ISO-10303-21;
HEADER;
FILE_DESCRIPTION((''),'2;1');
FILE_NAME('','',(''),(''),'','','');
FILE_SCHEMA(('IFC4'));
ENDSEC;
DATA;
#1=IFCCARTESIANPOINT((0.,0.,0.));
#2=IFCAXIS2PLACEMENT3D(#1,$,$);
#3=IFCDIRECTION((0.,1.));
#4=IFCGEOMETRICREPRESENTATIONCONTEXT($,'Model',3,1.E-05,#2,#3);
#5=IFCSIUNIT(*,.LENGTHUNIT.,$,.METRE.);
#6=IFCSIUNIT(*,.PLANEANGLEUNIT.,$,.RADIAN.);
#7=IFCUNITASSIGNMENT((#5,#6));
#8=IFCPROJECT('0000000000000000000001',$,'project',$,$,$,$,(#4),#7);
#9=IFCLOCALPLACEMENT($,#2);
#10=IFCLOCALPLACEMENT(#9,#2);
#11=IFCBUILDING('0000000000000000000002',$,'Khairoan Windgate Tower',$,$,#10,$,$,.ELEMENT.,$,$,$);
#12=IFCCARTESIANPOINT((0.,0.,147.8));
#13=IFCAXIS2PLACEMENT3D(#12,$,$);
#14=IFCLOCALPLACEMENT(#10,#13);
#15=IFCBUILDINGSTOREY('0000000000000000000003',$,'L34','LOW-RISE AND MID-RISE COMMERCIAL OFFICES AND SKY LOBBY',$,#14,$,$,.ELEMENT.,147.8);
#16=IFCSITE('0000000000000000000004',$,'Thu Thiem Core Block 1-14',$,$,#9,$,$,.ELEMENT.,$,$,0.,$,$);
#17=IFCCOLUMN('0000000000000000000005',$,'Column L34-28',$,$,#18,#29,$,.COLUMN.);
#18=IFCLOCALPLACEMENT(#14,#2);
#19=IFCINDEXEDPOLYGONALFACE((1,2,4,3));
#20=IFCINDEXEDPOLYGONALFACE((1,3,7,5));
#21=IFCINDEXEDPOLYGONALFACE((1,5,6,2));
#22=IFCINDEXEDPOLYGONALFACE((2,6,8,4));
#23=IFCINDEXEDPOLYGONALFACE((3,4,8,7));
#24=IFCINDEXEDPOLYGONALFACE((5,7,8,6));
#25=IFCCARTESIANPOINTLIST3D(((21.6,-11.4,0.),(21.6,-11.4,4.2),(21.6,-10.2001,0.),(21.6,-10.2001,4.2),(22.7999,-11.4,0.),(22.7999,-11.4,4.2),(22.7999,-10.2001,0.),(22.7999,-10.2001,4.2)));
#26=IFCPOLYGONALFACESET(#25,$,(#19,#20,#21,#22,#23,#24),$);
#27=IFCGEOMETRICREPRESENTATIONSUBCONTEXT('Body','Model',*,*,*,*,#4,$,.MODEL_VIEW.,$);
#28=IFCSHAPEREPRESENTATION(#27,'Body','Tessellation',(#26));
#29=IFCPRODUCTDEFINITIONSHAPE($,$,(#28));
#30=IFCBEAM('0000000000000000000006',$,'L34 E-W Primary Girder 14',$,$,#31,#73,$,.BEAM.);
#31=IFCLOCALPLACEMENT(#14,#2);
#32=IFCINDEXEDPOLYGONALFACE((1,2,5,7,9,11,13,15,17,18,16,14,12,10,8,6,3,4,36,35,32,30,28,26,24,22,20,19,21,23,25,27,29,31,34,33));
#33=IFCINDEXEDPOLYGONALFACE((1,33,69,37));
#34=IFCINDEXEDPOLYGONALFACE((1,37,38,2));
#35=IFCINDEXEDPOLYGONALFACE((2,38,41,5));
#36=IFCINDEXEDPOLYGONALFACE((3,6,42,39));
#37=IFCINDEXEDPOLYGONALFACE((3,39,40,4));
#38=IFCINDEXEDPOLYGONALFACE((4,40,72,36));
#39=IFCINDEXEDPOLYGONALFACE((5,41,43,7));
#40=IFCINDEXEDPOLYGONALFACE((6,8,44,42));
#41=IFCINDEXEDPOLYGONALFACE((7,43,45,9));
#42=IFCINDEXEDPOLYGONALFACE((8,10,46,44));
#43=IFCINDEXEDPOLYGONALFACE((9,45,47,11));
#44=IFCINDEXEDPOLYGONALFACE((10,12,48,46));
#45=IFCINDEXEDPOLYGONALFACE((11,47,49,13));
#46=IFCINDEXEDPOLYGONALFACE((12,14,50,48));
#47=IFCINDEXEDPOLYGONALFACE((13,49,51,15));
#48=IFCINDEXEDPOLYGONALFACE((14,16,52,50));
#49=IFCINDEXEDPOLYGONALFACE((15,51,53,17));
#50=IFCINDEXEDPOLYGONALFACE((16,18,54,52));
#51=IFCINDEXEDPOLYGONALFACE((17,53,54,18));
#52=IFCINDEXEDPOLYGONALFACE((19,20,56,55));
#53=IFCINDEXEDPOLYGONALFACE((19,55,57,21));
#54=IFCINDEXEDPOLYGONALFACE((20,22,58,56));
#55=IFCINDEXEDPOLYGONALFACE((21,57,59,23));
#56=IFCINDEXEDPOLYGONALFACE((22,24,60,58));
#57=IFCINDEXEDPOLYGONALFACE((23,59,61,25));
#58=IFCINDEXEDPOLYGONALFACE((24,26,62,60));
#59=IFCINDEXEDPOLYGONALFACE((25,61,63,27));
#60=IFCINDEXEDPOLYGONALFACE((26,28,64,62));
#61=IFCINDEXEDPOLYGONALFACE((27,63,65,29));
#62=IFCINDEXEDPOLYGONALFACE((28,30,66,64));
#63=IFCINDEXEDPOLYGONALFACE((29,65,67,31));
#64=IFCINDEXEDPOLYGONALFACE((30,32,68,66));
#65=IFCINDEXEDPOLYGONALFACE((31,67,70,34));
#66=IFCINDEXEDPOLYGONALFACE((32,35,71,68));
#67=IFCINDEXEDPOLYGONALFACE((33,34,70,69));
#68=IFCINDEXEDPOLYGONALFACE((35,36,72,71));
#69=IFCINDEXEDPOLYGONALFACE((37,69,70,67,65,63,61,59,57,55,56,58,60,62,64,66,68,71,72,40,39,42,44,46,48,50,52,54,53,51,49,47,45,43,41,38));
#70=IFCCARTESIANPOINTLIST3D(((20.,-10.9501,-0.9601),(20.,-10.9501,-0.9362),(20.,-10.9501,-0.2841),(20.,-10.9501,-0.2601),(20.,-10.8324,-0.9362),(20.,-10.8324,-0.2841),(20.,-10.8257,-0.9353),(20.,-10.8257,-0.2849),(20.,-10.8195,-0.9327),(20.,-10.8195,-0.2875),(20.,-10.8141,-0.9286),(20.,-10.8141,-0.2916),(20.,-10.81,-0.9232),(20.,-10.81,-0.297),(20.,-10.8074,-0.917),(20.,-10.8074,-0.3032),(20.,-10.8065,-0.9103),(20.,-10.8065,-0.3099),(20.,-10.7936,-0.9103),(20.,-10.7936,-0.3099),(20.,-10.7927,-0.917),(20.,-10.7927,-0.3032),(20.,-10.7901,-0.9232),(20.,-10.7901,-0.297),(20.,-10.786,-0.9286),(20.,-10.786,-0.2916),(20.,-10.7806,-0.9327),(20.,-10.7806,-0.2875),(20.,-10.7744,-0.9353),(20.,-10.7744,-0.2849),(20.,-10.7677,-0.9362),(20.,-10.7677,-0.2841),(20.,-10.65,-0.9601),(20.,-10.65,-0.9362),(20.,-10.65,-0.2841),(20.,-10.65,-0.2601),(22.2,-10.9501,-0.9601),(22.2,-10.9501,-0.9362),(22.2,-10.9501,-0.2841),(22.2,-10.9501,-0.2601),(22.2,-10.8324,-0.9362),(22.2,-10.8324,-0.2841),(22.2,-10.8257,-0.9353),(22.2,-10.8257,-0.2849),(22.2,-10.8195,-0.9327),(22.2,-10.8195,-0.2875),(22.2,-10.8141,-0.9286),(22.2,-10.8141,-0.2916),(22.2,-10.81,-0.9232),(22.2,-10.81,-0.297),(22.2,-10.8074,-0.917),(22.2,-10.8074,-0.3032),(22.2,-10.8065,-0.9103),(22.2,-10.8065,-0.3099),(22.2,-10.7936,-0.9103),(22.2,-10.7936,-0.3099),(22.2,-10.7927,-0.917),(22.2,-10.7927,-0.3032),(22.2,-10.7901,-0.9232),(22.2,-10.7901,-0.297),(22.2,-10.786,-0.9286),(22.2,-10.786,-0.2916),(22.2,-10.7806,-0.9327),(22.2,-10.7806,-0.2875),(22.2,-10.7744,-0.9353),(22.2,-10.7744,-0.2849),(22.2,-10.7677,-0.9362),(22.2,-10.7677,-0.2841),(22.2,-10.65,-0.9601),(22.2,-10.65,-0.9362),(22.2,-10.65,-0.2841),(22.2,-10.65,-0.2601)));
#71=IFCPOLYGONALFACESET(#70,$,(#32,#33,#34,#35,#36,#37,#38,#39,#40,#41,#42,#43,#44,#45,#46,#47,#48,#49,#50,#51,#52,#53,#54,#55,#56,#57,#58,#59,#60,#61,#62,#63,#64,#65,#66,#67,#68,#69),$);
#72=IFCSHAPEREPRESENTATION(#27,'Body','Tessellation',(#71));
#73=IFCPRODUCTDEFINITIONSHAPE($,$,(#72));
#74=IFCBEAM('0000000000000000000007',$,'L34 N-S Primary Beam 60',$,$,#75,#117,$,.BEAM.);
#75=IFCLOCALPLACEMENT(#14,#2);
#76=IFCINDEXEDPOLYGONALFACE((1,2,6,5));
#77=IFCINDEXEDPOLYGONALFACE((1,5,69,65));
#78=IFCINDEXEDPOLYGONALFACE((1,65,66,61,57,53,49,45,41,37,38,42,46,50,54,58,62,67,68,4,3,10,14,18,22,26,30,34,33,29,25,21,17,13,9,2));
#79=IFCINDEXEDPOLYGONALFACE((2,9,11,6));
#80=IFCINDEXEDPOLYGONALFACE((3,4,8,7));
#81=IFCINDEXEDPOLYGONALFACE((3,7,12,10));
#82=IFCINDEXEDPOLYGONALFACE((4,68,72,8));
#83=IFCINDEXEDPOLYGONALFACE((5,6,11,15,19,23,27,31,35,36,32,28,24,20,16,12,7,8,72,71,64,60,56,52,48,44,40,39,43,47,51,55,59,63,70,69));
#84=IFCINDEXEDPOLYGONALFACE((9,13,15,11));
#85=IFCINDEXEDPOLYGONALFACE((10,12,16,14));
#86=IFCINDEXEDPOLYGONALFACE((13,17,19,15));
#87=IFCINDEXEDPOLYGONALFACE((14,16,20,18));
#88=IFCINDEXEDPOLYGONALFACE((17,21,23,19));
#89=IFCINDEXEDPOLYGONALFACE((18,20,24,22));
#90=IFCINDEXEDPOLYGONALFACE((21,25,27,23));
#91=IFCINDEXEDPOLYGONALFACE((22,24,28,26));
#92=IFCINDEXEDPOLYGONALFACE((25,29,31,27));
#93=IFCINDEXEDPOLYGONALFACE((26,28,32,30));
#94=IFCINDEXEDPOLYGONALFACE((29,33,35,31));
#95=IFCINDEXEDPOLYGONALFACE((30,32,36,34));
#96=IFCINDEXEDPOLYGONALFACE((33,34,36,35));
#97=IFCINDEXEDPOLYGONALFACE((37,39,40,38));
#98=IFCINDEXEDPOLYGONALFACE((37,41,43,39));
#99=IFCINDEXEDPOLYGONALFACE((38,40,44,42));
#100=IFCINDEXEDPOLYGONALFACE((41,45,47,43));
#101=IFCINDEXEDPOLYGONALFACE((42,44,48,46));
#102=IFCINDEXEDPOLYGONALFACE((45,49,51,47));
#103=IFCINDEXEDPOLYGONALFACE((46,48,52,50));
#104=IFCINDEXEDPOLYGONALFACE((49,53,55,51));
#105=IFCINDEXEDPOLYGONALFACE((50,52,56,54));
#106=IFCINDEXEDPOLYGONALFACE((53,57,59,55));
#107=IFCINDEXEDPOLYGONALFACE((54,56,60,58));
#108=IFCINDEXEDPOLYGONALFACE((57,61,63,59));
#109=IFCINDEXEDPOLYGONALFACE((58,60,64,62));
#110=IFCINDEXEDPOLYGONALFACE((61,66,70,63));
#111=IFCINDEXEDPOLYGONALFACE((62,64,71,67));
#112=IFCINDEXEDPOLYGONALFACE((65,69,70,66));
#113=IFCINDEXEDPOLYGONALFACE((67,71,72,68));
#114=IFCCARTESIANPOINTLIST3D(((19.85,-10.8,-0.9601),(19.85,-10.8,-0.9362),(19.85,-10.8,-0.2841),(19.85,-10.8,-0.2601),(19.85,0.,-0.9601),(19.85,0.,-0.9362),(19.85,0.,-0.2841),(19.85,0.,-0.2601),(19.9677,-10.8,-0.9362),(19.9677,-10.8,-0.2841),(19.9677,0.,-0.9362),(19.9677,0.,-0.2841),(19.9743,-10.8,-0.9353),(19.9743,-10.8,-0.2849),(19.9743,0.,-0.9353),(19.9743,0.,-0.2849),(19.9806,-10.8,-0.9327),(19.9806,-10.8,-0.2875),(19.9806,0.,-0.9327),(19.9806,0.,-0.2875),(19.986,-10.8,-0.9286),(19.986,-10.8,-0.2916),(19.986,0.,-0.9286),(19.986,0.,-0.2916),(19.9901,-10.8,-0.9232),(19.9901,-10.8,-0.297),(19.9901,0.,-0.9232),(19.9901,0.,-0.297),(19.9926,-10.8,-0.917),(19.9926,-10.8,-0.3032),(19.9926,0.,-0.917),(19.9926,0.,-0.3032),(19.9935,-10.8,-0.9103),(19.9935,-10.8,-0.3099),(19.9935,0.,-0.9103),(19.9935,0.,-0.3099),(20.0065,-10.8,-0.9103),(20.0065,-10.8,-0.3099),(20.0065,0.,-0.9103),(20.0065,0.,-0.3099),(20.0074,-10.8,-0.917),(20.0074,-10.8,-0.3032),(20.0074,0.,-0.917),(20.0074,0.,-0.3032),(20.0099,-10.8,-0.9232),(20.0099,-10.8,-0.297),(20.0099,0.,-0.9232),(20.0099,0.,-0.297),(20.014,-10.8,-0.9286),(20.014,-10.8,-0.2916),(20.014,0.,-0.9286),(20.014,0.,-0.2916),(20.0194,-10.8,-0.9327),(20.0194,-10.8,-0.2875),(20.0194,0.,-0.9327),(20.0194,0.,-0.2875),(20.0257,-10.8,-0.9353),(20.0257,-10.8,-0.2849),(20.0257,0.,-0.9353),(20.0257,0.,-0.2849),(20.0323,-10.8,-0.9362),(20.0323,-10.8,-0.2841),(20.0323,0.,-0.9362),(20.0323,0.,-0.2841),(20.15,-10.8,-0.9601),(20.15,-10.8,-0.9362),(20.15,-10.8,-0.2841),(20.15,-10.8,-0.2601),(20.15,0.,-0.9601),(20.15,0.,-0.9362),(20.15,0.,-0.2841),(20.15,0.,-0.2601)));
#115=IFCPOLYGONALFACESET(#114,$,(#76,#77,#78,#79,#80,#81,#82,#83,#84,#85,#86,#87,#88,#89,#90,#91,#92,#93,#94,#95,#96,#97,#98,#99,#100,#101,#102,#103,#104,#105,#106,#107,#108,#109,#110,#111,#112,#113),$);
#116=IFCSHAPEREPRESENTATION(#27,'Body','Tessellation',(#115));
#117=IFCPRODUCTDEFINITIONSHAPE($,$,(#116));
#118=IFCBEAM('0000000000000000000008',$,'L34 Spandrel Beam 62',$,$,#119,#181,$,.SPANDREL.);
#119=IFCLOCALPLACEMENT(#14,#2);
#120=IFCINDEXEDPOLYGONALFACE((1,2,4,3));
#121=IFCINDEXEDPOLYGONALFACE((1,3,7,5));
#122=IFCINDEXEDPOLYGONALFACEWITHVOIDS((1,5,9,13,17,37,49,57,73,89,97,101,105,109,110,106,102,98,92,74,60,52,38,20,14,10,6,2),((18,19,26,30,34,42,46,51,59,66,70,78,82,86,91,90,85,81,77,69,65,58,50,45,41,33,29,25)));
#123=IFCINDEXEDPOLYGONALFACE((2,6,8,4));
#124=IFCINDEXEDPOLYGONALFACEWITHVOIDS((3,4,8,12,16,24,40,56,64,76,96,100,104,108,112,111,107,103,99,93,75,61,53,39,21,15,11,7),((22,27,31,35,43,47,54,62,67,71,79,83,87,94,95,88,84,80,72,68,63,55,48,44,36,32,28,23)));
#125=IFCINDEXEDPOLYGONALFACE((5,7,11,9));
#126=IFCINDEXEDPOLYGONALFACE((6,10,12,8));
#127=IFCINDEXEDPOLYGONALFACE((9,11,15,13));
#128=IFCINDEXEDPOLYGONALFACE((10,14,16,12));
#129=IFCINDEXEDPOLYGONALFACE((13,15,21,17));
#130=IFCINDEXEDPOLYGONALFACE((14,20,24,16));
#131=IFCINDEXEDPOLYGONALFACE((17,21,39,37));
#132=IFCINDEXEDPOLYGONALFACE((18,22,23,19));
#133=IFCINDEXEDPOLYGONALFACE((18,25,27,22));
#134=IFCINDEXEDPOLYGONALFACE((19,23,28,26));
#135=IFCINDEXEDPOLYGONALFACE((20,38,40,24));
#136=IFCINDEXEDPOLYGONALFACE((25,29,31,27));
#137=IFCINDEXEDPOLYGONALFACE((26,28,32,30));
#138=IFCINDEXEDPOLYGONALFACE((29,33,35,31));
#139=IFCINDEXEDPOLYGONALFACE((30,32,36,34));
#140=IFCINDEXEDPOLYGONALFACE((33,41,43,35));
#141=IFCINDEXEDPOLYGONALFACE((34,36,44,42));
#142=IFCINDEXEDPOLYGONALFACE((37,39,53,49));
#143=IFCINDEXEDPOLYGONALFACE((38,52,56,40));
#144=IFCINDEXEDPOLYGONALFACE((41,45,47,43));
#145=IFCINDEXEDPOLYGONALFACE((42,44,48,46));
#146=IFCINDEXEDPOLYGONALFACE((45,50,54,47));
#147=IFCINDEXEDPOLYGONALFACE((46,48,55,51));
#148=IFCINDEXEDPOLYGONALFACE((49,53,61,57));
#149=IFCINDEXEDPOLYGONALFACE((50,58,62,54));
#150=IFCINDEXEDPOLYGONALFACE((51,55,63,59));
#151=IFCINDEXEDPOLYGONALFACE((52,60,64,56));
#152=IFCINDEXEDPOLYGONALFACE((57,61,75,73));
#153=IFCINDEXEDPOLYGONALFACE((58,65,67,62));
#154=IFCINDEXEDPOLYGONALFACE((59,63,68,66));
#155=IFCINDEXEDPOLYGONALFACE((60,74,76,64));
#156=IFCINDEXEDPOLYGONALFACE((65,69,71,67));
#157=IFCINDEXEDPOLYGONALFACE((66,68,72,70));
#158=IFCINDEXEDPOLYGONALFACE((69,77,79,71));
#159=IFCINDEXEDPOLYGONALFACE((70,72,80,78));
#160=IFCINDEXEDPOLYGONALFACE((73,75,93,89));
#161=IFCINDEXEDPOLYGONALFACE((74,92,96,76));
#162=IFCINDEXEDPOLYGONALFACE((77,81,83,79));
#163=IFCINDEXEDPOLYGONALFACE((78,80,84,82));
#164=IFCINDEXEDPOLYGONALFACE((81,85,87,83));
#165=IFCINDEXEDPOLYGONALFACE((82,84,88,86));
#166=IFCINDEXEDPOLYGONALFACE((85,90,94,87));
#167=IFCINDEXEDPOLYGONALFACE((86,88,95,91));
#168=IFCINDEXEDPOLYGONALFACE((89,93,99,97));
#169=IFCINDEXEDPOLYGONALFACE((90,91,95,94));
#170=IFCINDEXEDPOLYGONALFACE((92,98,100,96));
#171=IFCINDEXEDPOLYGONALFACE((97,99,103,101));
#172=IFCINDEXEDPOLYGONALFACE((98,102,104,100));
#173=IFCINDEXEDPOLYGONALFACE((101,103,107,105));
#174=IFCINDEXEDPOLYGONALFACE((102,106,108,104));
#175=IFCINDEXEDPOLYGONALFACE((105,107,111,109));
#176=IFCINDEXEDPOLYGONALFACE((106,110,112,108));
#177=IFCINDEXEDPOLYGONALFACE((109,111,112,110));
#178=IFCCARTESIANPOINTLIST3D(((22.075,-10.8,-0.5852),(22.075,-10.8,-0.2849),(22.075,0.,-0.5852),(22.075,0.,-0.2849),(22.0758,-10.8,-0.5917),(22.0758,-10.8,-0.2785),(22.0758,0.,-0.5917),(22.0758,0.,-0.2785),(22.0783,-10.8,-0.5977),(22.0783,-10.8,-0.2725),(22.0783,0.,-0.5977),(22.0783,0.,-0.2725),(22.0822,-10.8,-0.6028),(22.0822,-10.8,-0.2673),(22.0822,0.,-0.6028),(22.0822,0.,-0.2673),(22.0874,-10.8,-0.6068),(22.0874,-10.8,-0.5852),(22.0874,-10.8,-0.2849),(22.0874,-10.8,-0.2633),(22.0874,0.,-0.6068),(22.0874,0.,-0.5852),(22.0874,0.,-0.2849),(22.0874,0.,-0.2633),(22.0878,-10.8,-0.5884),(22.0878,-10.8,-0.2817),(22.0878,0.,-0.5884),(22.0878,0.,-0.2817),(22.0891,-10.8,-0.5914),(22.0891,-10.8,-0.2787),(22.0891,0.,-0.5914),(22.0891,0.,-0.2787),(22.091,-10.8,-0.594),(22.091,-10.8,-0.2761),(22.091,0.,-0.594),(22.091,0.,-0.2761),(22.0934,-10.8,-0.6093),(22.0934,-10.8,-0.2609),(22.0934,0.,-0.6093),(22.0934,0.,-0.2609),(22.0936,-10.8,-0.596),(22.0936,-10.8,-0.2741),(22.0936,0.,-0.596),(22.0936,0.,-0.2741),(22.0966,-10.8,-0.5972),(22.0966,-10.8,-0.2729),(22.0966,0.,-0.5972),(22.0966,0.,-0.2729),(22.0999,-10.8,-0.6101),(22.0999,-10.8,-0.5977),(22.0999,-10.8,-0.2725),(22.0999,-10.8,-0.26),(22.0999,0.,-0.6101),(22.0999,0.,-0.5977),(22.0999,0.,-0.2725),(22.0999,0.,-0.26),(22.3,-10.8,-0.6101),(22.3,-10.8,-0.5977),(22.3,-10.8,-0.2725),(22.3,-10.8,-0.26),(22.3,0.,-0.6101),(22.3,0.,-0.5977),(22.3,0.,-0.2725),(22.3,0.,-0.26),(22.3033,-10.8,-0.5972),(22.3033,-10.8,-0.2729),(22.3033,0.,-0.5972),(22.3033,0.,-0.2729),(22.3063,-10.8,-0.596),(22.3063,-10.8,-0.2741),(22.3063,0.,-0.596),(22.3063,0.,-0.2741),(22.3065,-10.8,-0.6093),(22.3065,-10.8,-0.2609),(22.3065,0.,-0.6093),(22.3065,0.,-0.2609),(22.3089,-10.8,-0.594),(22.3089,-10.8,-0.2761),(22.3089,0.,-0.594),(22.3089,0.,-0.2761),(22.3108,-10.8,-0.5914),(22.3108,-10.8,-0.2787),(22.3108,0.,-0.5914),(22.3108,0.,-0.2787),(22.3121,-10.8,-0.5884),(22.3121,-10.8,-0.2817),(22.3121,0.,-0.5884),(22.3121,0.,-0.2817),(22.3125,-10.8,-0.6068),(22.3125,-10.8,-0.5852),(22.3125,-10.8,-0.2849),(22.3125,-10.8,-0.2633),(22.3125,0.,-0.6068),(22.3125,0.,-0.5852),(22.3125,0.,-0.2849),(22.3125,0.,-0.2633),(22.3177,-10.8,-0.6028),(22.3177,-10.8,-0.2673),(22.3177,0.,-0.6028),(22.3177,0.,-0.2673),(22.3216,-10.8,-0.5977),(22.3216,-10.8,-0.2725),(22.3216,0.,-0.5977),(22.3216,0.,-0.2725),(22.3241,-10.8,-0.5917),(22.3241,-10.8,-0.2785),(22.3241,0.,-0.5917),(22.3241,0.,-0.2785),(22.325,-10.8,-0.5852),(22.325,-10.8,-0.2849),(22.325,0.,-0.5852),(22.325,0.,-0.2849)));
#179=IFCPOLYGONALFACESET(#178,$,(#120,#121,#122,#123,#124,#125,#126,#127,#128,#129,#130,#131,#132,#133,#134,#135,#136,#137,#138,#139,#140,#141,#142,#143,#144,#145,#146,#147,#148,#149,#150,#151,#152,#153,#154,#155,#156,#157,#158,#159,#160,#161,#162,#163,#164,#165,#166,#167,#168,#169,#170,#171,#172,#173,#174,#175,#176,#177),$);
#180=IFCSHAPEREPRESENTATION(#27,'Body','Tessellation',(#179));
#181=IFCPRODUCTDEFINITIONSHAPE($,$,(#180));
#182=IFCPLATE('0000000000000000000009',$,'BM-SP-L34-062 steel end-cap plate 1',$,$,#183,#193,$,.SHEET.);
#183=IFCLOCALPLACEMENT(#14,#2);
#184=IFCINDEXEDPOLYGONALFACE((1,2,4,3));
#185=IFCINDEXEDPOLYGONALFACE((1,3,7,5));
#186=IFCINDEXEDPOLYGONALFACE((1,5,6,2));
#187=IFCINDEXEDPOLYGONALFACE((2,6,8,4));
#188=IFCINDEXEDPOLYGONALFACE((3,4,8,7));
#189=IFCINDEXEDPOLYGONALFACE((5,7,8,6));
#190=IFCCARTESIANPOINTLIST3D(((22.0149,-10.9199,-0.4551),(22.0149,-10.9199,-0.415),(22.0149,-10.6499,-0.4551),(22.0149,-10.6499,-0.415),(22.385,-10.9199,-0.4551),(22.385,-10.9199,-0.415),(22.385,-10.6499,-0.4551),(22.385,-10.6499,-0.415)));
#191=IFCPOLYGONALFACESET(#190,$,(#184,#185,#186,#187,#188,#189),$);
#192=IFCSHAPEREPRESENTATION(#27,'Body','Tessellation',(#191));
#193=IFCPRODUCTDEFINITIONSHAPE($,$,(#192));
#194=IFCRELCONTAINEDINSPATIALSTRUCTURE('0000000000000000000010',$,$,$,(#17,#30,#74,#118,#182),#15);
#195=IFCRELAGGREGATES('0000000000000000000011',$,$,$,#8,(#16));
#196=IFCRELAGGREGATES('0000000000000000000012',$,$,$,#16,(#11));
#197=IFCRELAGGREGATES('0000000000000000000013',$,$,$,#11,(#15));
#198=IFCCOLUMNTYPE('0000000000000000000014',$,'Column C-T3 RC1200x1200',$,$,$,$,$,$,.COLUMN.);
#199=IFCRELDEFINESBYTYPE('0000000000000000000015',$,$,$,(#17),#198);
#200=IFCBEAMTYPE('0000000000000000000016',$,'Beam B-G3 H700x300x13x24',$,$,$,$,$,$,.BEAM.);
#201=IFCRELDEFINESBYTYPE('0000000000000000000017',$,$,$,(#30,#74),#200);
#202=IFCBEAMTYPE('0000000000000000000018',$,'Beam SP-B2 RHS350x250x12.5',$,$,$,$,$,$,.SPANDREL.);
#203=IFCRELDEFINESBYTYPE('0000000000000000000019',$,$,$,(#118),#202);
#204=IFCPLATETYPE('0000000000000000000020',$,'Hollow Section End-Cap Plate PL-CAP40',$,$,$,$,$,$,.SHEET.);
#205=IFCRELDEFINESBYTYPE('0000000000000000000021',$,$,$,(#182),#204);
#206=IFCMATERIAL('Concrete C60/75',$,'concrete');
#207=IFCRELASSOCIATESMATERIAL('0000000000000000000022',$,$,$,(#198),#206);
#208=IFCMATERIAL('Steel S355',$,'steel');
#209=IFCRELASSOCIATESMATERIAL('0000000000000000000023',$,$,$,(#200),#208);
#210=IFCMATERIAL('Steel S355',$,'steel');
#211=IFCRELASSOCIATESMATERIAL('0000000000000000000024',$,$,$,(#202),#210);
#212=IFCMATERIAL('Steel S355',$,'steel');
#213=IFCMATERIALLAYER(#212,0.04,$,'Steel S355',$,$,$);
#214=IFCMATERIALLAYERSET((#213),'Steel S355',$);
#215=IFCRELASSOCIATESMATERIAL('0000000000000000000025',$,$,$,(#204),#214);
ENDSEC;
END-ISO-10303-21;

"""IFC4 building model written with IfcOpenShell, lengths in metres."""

from ifc_helpers import new_model, si_unit, direction, frame, origin, origin_2d, place, context, subcontext, project, spatial, rectangle, hollow_rectangle, i_section, extrude, material, layer, layer_set, material_profile, profile_set, type_object, element, save


model = new_model("IFC4")

# Units and contexts
model_context = context("Model", 3, precision=1e-05, world=origin(), true_north=direction((0.0, 1.0)))
body_context = subcontext(model_context, "Body", "Model", "MODEL_VIEW")
ifc_project = project(units=[si_unit("LENGTHUNIT", "METRE"), si_unit("PLANEANGLEUNIT", "RADIAN")], contexts=[model_context])

# Site, building, storey
site_placement = place(None, origin())
site = spatial("IfcSite", under=ifc_project, at=site_placement, Name="Thu Thiem Core Block 1-14", CompositionType="ELEMENT", RefElevation=0.0)
building_placement = place(site_placement, origin())
building = spatial("IfcBuilding", under=site, at=building_placement, Name="Khairoan Windgate Tower", CompositionType="ELEMENT")
storey_placement = place(building_placement, frame((0.0, 0.0, 147.8)))
storey = spatial("IfcBuildingStorey", under=building, at=storey_placement, Name="L34", Description="LOW-RISE AND MID-RISE COMMERCIAL OFFICES AND SKY LOBBY", CompositionType="ELEMENT", Elevation=147.8)

# Column
ifc_material_1 = material(Name="Concrete C60/75", Category="concrete")
ifc_material_profile_1 = material_profile(ifc_material_1, rectangle(XDim=1.2, YDim=1.2, at=origin_2d()))
ifc_profile_set_1 = profile_set([ifc_material_profile_1], Name="Concrete C60/75")
column_type = type_object("IfcColumnType", Name="Column C-T3 RC1200x1200", PredefinedType="COLUMN", material=ifc_profile_set_1)
column_placement = place(storey_placement, frame((22.2, -10.8, 0.0), z_axis=(0.0, 0.0, 1.0), x_axis=(1.0, 0.0, 0.0)))
element("IfcColumn", 1, at=column_placement, inside=storey, type_object=column_type, Name="Column L34-28", PredefinedType="COLUMN", context=body_context, shape_type="SweptSolid", body=[
    extrude(rectangle(XDim=1.2, YDim=1.2, at=origin_2d()), origin(), (0.0, 0.0, 1.0), 4.2),
])

# Beams
ifc_material_2 = material(Name="Steel S355", Category="steel")
ifc_material_profile_2 = material_profile(ifc_material_2, i_section(OverallWidth=0.3, OverallDepth=0.7, WebThickness=0.0129, FlangeThickness=0.0239, FilletRadius=0.0259, at=origin_2d()))
ifc_profile_set_2 = profile_set([ifc_material_profile_2], Name="Steel S355")
beam_type_1 = type_object("IfcBeamType", Name="Beam B-G3 H700x300x13x24", PredefinedType="BEAM", material=ifc_profile_set_2)
beam_1_placement = place(storey_placement, frame((20.0, -10.8, -0.6101), z_axis=(1.0, 0.0, 0.0), x_axis=(0.0, 1.0, 0.0)))
element("IfcBeam", 2, at=beam_1_placement, inside=storey, type_object=beam_type_1, Name="L34 E-W Primary Girder 14", PredefinedType="BEAM", context=body_context, shape_type="SweptSolid", body=[
    extrude(i_section(OverallWidth=0.3, OverallDepth=0.7, WebThickness=0.0129, FlangeThickness=0.0239, FilletRadius=0.0259, at=origin_2d()), origin(), (0.0, 0.0, 1.0), 2.2),
])
beam_2_placement = place(storey_placement, frame((20.0, -10.8, -0.6101), z_axis=(0.0, 1.0, 0.0), x_axis=(-1.0, 0.0, 0.0)))
element("IfcBeam", 3, at=beam_2_placement, inside=storey, type_object=beam_type_1, Name="L34 N-S Primary Beam 60", PredefinedType="BEAM", context=body_context, shape_type="SweptSolid", body=[
    extrude(i_section(OverallWidth=0.3, OverallDepth=0.7, WebThickness=0.0129, FlangeThickness=0.0239, FilletRadius=0.0259, at=origin_2d()), origin(), (0.0, 0.0, 1.0), 10.8),
])
ifc_material_3 = material(Name="Steel S355", Category="steel")
ifc_material_profile_3 = material_profile(ifc_material_3, hollow_rectangle(XDim=0.25, YDim=0.3501, WallThickness=0.0125, InnerFilletRadius=0.0125, OuterFilletRadius=0.0249, at=origin_2d()))
ifc_profile_set_3 = profile_set([ifc_material_profile_3], Name="Steel S355")
beam_type_2 = type_object("IfcBeamType", Name="Beam SP-B2 RHS350x250x12.5", PredefinedType="SPANDREL", material=ifc_profile_set_3)
beam_3_placement = place(storey_placement, frame((22.2, -10.8, -0.4351), z_axis=(0.0, 1.0, 0.0), x_axis=(-1.0, 0.0, 0.0)))
element("IfcBeam", 4, at=beam_3_placement, inside=storey, type_object=beam_type_2, Name="L34 Spandrel Beam 62", PredefinedType="SPANDREL", context=body_context, shape_type="SweptSolid", body=[
    extrude(hollow_rectangle(XDim=0.25, YDim=0.3501, WallThickness=0.0125, InnerFilletRadius=0.0125, OuterFilletRadius=0.0249, at=origin_2d()), origin(), (0.0, 0.0, 1.0), 10.8),
])

# Plate
ifc_material_4 = material(Name="Steel S355", Category="steel")
ifc_layer_1 = layer(ifc_material_4, 0.04, Name="Steel S355")
ifc_layer_set_1 = layer_set([ifc_layer_1], Name="Steel S355")
plate_type = type_object("IfcPlateType", Name="Hollow Section End-Cap Plate PL-CAP40", PredefinedType="SHEET", material=ifc_layer_set_1)
plate_placement = place(storey_placement, frame((22.2, -10.7849, -0.4551), z_axis=(0.0, 0.0, 1.0), x_axis=(0.0, 1.0, 0.0)))
element("IfcPlate", 5, at=plate_placement, inside=storey, type_object=plate_type, Name="BM-SP-L34-062 steel end-cap plate 1", PredefinedType="SHEET", context=body_context, shape_type="SweptSolid", body=[
    extrude(rectangle(XDim=0.27, YDim=0.3701, at=origin_2d()), origin(), (0.0, 0.0, 1.0), 0.04),
])

save(model, "model.ifc")
